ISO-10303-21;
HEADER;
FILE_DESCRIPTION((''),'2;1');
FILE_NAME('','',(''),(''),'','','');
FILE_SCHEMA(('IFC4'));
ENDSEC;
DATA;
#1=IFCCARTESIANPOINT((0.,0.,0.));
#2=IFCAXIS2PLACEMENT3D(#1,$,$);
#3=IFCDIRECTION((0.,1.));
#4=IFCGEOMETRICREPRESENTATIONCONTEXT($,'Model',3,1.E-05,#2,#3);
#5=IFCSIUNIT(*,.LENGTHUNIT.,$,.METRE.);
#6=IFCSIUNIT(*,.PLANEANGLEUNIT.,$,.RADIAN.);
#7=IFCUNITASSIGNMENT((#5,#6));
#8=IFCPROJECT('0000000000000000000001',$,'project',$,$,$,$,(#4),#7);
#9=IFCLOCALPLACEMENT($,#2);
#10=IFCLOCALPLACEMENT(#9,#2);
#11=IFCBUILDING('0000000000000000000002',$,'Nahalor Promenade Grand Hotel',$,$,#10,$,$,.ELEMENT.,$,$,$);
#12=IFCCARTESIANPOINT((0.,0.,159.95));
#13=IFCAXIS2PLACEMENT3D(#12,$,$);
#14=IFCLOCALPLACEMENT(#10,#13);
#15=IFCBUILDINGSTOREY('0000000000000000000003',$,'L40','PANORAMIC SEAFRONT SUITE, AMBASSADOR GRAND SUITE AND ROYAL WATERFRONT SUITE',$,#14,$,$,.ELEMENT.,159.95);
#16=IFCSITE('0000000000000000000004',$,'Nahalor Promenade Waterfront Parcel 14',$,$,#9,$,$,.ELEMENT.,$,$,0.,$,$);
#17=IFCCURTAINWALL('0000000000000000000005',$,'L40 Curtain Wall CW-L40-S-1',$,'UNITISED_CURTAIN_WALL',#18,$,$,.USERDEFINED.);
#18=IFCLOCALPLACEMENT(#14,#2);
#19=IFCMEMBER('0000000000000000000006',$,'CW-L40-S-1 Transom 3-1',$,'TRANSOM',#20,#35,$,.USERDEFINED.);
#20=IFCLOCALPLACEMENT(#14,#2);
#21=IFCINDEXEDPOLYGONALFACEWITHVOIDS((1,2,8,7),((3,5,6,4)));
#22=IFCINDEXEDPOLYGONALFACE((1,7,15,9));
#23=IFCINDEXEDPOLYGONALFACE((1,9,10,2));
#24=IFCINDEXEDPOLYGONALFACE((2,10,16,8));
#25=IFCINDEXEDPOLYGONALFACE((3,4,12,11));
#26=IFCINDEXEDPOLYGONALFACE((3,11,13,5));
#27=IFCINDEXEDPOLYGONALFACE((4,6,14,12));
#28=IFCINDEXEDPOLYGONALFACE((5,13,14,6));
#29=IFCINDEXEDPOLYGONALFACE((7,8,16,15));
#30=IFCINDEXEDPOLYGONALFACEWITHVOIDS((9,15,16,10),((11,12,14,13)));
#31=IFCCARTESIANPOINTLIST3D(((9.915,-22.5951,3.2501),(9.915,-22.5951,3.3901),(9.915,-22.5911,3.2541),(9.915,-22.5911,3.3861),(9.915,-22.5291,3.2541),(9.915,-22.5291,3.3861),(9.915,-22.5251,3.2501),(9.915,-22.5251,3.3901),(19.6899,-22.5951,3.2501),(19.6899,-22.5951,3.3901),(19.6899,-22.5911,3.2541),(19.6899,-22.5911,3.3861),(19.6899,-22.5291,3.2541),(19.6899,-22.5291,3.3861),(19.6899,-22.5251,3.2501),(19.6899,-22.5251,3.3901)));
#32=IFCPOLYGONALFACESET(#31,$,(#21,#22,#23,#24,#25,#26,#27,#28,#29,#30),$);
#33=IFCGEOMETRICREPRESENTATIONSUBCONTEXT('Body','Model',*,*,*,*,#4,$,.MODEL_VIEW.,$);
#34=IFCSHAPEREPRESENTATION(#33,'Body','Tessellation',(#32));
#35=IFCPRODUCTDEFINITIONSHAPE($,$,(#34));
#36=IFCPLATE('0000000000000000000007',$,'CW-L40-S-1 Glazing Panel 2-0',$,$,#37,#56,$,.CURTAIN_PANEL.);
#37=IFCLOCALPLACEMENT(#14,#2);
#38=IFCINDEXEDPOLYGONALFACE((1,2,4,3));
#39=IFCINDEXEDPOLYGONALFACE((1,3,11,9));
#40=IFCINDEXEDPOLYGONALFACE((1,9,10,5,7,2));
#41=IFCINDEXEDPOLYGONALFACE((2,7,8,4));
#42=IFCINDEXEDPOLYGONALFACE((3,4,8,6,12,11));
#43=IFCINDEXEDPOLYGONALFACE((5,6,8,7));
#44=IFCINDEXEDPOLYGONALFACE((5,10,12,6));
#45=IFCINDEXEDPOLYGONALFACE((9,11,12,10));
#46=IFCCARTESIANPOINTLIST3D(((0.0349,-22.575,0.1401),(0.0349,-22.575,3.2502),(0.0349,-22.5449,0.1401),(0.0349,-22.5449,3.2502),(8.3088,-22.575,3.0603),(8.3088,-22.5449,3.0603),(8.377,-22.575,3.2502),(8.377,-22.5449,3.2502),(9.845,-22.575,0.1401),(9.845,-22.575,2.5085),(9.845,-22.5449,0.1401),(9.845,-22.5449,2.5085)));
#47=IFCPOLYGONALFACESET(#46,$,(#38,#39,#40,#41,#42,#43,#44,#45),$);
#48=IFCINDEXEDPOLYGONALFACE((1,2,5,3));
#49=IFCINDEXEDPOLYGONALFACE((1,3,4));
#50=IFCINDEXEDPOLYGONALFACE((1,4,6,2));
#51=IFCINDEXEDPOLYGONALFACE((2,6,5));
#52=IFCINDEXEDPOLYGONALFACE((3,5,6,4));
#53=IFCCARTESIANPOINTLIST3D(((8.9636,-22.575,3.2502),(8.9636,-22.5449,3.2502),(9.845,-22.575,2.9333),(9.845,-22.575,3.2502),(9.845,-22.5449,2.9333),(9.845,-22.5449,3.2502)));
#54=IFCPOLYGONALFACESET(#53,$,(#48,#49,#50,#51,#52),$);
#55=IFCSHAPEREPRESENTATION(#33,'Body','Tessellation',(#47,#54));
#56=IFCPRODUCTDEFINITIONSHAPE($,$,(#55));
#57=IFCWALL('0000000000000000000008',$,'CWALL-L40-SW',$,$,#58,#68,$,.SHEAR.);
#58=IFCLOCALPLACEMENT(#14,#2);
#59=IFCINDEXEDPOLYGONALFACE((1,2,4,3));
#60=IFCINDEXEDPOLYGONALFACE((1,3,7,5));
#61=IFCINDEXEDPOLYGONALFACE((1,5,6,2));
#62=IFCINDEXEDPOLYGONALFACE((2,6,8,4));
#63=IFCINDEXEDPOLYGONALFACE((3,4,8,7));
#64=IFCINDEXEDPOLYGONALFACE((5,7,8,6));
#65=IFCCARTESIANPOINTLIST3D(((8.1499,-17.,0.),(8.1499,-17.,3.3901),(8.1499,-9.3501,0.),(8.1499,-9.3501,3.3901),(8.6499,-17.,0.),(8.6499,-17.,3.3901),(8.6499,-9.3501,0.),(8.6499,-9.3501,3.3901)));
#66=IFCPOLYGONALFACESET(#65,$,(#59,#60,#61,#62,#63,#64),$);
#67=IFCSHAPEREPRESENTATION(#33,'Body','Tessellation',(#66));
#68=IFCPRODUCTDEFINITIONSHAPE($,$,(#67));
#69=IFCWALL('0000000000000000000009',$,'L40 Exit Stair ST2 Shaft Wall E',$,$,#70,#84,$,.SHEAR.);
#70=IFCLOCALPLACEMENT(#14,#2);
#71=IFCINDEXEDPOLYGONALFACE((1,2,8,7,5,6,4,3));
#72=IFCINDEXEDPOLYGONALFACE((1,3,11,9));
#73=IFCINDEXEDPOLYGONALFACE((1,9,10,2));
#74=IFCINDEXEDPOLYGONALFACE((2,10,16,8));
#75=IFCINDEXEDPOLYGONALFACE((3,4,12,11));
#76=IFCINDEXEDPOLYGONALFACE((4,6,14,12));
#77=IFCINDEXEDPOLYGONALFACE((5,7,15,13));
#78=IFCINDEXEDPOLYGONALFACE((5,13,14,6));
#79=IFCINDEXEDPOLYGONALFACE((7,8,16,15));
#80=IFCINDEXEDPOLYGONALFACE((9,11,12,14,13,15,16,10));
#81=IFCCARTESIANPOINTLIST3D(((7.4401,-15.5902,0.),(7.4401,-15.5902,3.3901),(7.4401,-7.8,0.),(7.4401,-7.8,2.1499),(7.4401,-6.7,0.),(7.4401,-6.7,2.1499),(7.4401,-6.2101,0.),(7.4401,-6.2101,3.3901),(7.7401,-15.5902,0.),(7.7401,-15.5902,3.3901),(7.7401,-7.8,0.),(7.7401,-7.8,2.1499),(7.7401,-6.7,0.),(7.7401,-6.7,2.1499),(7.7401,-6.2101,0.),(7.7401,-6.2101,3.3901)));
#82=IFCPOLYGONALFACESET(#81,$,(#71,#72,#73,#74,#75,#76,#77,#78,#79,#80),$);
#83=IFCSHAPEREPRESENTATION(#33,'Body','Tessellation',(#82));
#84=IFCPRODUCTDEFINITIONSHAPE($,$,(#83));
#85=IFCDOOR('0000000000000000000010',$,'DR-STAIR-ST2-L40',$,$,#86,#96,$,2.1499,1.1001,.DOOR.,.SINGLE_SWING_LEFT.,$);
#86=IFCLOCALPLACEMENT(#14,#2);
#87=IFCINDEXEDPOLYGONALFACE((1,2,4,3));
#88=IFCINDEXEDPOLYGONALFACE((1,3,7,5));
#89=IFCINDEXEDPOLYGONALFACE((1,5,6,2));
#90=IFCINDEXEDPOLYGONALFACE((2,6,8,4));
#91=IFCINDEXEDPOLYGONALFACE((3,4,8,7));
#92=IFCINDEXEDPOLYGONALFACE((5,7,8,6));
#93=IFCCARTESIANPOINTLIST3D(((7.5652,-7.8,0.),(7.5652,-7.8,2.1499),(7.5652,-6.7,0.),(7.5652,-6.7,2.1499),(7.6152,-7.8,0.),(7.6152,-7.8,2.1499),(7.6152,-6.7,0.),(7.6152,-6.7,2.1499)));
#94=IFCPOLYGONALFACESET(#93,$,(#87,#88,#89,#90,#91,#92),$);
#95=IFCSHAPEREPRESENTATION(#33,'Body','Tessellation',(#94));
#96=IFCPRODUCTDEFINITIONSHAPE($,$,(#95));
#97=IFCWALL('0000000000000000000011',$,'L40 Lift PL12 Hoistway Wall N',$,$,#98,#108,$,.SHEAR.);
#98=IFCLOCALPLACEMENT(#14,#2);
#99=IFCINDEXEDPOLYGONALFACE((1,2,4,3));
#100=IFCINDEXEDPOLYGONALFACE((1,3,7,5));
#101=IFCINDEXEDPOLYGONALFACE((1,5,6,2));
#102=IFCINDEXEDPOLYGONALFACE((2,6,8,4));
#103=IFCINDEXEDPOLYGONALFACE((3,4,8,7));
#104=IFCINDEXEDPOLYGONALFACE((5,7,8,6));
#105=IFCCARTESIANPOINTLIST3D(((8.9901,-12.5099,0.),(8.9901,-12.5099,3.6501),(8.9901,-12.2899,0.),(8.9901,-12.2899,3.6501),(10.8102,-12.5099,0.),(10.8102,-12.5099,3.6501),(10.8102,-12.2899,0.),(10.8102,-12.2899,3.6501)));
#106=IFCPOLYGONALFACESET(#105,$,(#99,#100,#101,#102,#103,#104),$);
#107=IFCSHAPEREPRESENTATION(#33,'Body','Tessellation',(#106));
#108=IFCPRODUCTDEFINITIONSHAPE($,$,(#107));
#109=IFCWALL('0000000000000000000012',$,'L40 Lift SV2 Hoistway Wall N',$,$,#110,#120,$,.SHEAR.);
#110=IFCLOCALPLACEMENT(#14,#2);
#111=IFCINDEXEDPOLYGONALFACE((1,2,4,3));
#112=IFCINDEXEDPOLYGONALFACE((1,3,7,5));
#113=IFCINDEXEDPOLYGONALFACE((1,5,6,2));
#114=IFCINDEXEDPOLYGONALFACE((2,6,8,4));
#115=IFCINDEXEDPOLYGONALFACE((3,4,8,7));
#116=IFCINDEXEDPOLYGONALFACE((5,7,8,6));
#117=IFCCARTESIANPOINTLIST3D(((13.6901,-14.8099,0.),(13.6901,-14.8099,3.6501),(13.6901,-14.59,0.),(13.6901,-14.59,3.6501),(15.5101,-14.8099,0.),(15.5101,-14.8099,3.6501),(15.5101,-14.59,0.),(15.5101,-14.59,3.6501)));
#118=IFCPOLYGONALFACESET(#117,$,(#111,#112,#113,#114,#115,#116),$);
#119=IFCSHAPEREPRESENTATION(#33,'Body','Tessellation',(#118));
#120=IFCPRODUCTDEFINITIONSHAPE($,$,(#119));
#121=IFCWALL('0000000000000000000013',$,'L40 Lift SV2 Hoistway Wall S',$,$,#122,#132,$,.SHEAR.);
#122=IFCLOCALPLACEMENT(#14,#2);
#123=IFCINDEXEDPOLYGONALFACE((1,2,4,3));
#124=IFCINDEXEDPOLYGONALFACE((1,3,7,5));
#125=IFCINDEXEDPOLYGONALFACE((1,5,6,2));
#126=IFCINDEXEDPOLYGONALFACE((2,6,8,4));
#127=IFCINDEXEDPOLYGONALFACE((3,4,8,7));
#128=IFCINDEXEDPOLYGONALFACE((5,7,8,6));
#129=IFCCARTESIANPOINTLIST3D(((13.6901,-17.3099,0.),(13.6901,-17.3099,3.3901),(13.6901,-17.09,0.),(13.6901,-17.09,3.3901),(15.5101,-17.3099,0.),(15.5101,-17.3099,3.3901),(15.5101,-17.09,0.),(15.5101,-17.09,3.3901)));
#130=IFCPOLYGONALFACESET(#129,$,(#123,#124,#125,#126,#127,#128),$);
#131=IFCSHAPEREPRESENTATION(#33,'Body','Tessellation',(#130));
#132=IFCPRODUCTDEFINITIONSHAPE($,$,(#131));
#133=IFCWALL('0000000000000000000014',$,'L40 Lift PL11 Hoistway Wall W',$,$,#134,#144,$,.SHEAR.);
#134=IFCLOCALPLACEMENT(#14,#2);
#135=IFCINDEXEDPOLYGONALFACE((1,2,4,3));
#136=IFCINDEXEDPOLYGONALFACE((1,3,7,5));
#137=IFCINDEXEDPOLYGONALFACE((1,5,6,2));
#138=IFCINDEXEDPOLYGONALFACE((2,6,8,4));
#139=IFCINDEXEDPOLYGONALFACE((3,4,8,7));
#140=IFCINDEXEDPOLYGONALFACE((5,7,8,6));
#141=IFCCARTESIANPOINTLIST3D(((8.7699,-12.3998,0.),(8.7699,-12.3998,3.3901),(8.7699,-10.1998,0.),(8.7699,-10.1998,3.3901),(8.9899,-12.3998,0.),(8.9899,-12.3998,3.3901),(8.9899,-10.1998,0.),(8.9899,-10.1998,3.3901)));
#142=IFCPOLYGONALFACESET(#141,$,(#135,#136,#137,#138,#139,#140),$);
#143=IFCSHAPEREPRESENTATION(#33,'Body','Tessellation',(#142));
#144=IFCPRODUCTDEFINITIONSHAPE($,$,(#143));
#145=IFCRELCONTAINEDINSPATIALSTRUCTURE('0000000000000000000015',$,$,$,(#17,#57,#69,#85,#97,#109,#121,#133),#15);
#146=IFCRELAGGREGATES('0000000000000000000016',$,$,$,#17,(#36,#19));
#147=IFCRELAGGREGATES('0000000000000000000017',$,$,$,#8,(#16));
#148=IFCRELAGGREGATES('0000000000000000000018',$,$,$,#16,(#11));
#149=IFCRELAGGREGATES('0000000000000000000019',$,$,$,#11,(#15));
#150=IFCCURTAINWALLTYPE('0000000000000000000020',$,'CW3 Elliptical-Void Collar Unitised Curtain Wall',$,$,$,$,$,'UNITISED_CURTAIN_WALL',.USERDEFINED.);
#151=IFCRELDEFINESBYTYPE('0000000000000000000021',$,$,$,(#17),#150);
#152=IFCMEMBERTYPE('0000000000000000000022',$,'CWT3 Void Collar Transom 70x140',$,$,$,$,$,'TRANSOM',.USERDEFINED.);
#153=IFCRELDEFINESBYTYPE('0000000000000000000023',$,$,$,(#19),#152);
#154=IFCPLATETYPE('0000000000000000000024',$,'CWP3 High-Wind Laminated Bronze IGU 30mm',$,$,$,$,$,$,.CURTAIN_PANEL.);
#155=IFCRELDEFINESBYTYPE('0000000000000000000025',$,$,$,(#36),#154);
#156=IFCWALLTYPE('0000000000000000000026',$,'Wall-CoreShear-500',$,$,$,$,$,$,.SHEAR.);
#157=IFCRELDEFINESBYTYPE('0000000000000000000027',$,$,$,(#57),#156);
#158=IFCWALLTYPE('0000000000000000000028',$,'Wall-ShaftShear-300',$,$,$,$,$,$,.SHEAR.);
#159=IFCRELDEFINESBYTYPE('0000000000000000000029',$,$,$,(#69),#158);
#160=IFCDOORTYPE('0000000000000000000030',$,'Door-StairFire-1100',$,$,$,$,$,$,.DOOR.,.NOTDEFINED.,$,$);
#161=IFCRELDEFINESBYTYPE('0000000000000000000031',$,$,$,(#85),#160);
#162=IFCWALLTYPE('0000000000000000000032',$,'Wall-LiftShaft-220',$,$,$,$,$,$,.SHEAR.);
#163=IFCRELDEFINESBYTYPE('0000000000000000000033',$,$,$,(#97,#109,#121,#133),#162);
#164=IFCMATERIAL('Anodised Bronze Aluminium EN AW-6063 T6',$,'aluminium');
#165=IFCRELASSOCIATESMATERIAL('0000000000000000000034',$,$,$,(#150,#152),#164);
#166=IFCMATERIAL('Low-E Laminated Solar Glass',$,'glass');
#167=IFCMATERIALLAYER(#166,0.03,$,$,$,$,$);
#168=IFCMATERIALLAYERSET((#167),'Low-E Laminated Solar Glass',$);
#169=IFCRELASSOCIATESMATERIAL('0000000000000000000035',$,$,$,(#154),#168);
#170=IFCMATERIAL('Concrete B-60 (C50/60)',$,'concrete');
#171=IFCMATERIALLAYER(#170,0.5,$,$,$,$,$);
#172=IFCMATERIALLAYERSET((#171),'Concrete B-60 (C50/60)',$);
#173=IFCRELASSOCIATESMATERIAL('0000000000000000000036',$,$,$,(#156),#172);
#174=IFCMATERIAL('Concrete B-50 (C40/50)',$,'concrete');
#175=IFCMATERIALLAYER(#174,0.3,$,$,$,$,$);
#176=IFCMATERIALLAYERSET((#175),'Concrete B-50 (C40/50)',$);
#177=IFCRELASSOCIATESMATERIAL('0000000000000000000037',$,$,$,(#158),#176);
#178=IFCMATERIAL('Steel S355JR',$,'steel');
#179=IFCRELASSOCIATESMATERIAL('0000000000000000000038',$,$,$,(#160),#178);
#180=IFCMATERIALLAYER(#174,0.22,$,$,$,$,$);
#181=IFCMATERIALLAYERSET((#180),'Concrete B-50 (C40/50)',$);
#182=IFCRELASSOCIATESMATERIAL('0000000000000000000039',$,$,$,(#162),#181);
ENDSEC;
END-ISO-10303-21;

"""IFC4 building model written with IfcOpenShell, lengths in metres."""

from ifc_helpers import new_model, si_unit, direction, frame, frame_2d, origin, origin_2d, place, context, subcontext, project, spatial, polyline, rectangle, hollow_rectangle, outline, extrude, source, transform, mapped, material, layer, layer_set, material_profile, profile_set, type_object, element, fill, aggregate, save


model = new_model("IFC4")

# Units and contexts
model_context = context("Model", 3, precision=1e-05, world=origin(), true_north=direction((0.0, 1.0)))
body_context = subcontext(model_context, "Body", "Model", "MODEL_VIEW")
ifc_project = project(units=[si_unit("LENGTHUNIT", "METRE"), si_unit("PLANEANGLEUNIT", "RADIAN")], contexts=[model_context])

# Site, building, storey
site_placement = place(None, origin())
site = spatial("IfcSite", under=ifc_project, at=site_placement, Name="Nahalor Promenade Waterfront Parcel 14", CompositionType="ELEMENT", RefElevation=0.0)
building_placement = place(site_placement, origin())
building = spatial("IfcBuilding", under=site, at=building_placement, Name="Nahalor Promenade Grand Hotel", CompositionType="ELEMENT")
storey_placement = place(building_placement, frame((0.0, 0.0, 159.95)))
storey = spatial("IfcBuildingStorey", under=building, at=storey_placement, Name="L40", Description="PANORAMIC SEAFRONT SUITE, AMBASSADOR GRAND SUITE AND ROYAL WATERFRONT SUITE", CompositionType="ELEMENT", Elevation=159.95)

# Shared definitions
ifc_material_1 = material(Name="Concrete B-60 (C50/60)", Category="concrete")

# Shared definitions
ifc_material_2 = material(Name="Steel S355JR", Category="steel")

# Curtain wall, member, plate
ifc_material_3 = material(Name="Anodised Bronze Aluminium EN AW-6063 T6", Category="aluminium")
curtain_wall_type = type_object("IfcCurtainWallType", Name="CW3 Elliptical-Void Collar Unitised Curtain Wall", ElementType="UNITISED_CURTAIN_WALL", PredefinedType="USERDEFINED", material=ifc_material_3)
curtain_wall_placement = place(storey_placement, origin())
curtain_wall = element("IfcCurtainWall", 1, at=curtain_wall_placement, inside=storey, type_object=curtain_wall_type, Name="L40 Curtain Wall CW-L40-S-1", ObjectType="UNITISED_CURTAIN_WALL", PredefinedType="USERDEFINED")
ifc_material_profile_1 = material_profile(ifc_material_3, hollow_rectangle(XDim=0.07, YDim=0.14, WallThickness=0.004, at=origin_2d()), Name="CWT 70x140x4")
ifc_profile_set_1 = profile_set([ifc_material_profile_1], Name="Anodised Bronze Aluminium EN AW-6063 T6")
member_type_1 = type_object("IfcMemberType", Name="CWT3 Void Collar Transom 70x140", ElementType="TRANSOM", PredefinedType="USERDEFINED", material=ifc_profile_set_1)
shared_shape_1 = source(origin(), body_context, "Body", "SweptSolid", [
    extrude(hollow_rectangle(XDim=0.07, YDim=0.14, WallThickness=0.004, at=origin_2d()), origin(), (0.0, 0.0, 1.0), 9.7749),
])
member_1_placement = place(storey_placement, frame((9.915, -22.5601, 3.3201), z_axis=(1.0, 0.0, 0.0), x_axis=(0.0, 1.0, 0.0)))
member_1 = element("IfcMember", 2, at=member_1_placement, type_object=member_type_1, Name="CW-L40-S-1 Transom 3-1", ObjectType="TRANSOM", PredefinedType="USERDEFINED", context=body_context, shape_type="MappedRepresentation", body=[
    mapped(shared_shape_1, transform((0.0, 0.0, 0.0), scale=1.0)),
])
ifc_material_4 = material(Name="Low-E Laminated Solar Glass", Category="glass")
ifc_layer_1 = layer(ifc_material_4, 0.03)
ifc_layer_set_1 = layer_set([ifc_layer_1], Name="Low-E Laminated Solar Glass")
plate_type = type_object("IfcPlateType", Name="CWP3 High-Wind Laminated Bronze IGU 30mm", PredefinedType="CURTAIN_PANEL", material=ifc_layer_set_1)
plate_placement = place(storey_placement, frame((4.9399, -22.5601, 0.1401), z_axis=(0.0, 0.0, 1.0), x_axis=(1.0, 0.0, 0.0)))
plate = element("IfcPlate", 3, at=plate_placement, type_object=plate_type, Name="CW-L40-S-1 Glazing Panel 2-0", PredefinedType="CURTAIN_PANEL", context=body_context, shape_type="SweptSolid", body=[
    extrude(outline(polyline([(-4.905, 0.0), (4.905, 0.0), (4.905, 2.3684), (3.3689, 2.9202), (3.437, 3.1101), (-4.905, 3.1101), (-4.905, 0.0)])), frame((0.0, 0.0151, 0.0), z_axis=(0.0, -1.0, 0.0), x_axis=(1.0, 0.0, 0.0)), (0.0, 0.0, 1.0), 0.03),
    extrude(outline(polyline([(4.905, 2.7932), (4.905, 3.1101), (4.0237, 3.1101), (4.905, 2.7932)])), frame((0.0, 0.0151, 0.0), z_axis=(0.0, -1.0, 0.0), x_axis=(1.0, 0.0, 0.0)), (0.0, 0.0, 1.0), 0.03),
])
aggregate(curtain_wall, [plate, member_1])

# Wall
ifc_layer_2 = layer(ifc_material_1, 0.5)
ifc_layer_set_2 = layer_set([ifc_layer_2], Name="Concrete B-60 (C50/60)")
wall_type_1 = type_object("IfcWallType", Name="Wall-CoreShear-500", PredefinedType="SHEAR", material=ifc_layer_set_2)
shared_shape_2 = source(origin(), body_context, "Body", "SweptSolid", [
    extrude(rectangle(XDim=7.6499, YDim=0.5, at=frame_2d((3.825, 0.0))), origin(), (0.0, 0.0, 1.0), 3.3901),
])
wall_1_placement = place(storey_placement, frame((8.3999, -17.0, 0.0), z_axis=(0.0, 0.0, 1.0), x_axis=(0.0, 1.0, 0.0)))
element("IfcWall", 4, at=wall_1_placement, inside=storey, type_object=wall_type_1, Name="CWALL-L40-SW", PredefinedType="SHEAR", context=body_context, shape_type="MappedRepresentation", body=[
    mapped(shared_shape_2, transform((0.0, 0.0, 0.0), scale=1.0)),
])

# Wall, opening, door
ifc_material_5 = material(Name="Concrete B-50 (C40/50)", Category="concrete")
ifc_layer_3 = layer(ifc_material_5, 0.3)
ifc_layer_set_3 = layer_set([ifc_layer_3], Name="Concrete B-50 (C40/50)")
wall_type_2 = type_object("IfcWallType", Name="Wall-ShaftShear-300", PredefinedType="SHEAR", material=ifc_layer_set_3)
shared_shape_3 = source(origin(), body_context, "Body", "SweptSolid", [
    extrude(rectangle(XDim=9.3801, YDim=0.3, at=frame_2d((4.6899, 0.0))), origin(), (0.0, 0.0, 1.0), 3.3901),
])
wall_2_placement = place(storey_placement, frame((7.5901, -15.5901, 0.0), z_axis=(0.0, 0.0, 1.0), x_axis=(0.0, 1.0, 0.0)))
wall_2 = element("IfcWall", 5, at=wall_2_placement, inside=storey, type_object=wall_type_2, Name="L40 Exit Stair ST2 Shaft Wall E", PredefinedType="SHEAR", context=body_context, shape_type="MappedRepresentation", body=[
    mapped(shared_shape_3, transform((0.0, 0.0, 0.0), scale=1.0)),
])
opening_1_placement = place(wall_2_placement, frame((7.79, 0.0, 0.0)))
opening_1 = element("IfcOpeningElement", 6, at=opening_1_placement, cuts=wall_2, PredefinedType="OPENING", context=body_context, shape_type="SweptSolid", body=[
    extrude(rectangle(XDim=1.1001, YDim=2.1499, at=frame_2d((0.55, 1.075))), frame((0.0, 0.1599, 0.0), z_axis=(0.0, -1.0, 0.0), x_axis=(1.0, 0.0, 0.0)), (0.0, 0.0, 1.0), 0.3201),
])
door_type_1 = type_object("IfcDoorType", Name="Door-StairFire-1100", OperationType="NOTDEFINED", PredefinedType="DOOR", material=ifc_material_2)
shared_shape_4 = source(origin(), body_context, "Body", "SweptSolid", [
    extrude(rectangle(XDim=1.1001, YDim=2.1499, at=frame_2d((0.55, 1.075))), frame((0.0, 0.0249, 0.0), z_axis=(0.0, -1.0, 0.0), x_axis=(1.0, 0.0, 0.0)), (0.0, 0.0, 1.0), 0.05),
])
door_1_placement = place(opening_1_placement, origin())
door_1 = element("IfcDoor", 7, at=door_1_placement, inside=storey, type_object=door_type_1, Name="DR-STAIR-ST2-L40", OperationType="SINGLE_SWING_LEFT", OverallHeight=2.1499, OverallWidth=1.1001, PredefinedType="DOOR", context=body_context, shape_type="MappedRepresentation", body=[
    mapped(shared_shape_4, transform((0.0, 0.0, 0.0), scale=1.0)),
])
fill(opening_1, door_1)

# Walls
ifc_layer_4 = layer(ifc_material_5, 0.22)
ifc_layer_set_4 = layer_set([ifc_layer_4], Name="Concrete B-50 (C40/50)")
wall_type_3 = type_object("IfcWallType", Name="Wall-LiftShaft-220", PredefinedType="SHEAR", material=ifc_layer_set_4)
shared_shape_5 = source(origin(), body_context, "Body", "SweptSolid", [
    extrude(rectangle(XDim=1.8201, YDim=0.22, at=frame_2d((0.9102, 0.0))), origin(), (0.0, 0.0, 1.0), 3.6501),
])
for number, where, z_axis, x_axis, name in (
    (8, (8.99, -12.3999, 0.0), (0.0, 0.0, 1.0), (1.0, 0.0, 0.0), "L40 Lift PL12 Hoistway Wall N"),
    (9, (13.6899, -14.7, 0.0), (0.0, 0.0, 1.0), (1.0, 0.0, 0.0), "L40 Lift SV2 Hoistway Wall N"),
):
    element("IfcWall", number, at=place(storey_placement, frame(where, z_axis=z_axis, x_axis=x_axis)), inside=storey, type_object=wall_type_3, Name=name, PredefinedType="SHEAR", context=body_context, shape_type="MappedRepresentation", body=[
        mapped(shared_shape_5, transform((0.0, 0.0, 0.0), scale=1.0)),
    ])
shared_shape_6 = source(origin(), body_context, "Body", "SweptSolid", [
    extrude(rectangle(XDim=1.8201, YDim=0.22, at=frame_2d((0.9102, 0.0))), origin(), (0.0, 0.0, 1.0), 3.3901),
])
wall_3_placement = place(storey_placement, frame((13.6899, -17.2, 0.0), z_axis=(0.0, 0.0, 1.0), x_axis=(1.0, 0.0, 0.0)))
element("IfcWall", 10, at=wall_3_placement, inside=storey, type_object=wall_type_3, Name="L40 Lift SV2 Hoistway Wall S", PredefinedType="SHEAR", context=body_context, shape_type="MappedRepresentation", body=[
    mapped(shared_shape_6, transform((0.0, 0.0, 0.0), scale=1.0)),
])
shared_shape_7 = source(origin(), body_context, "Body", "SweptSolid", [
    extrude(rectangle(XDim=2.2, YDim=0.22, at=frame_2d((1.1001, 0.0))), origin(), (0.0, 0.0, 1.0), 3.3901),
])
wall_4_placement = place(storey_placement, frame((8.8799, -12.3999, 0.0), z_axis=(0.0, 0.0, 1.0), x_axis=(0.0, 1.0, 0.0)))
element("IfcWall", 11, at=wall_4_placement, inside=storey, type_object=wall_type_3, Name="L40 Lift PL11 Hoistway Wall W", PredefinedType="SHEAR", context=body_context, shape_type="MappedRepresentation", body=[
    mapped(shared_shape_7, transform((0.0, 0.0, 0.0), scale=1.0)),
])

save(model, "model.ifc")
